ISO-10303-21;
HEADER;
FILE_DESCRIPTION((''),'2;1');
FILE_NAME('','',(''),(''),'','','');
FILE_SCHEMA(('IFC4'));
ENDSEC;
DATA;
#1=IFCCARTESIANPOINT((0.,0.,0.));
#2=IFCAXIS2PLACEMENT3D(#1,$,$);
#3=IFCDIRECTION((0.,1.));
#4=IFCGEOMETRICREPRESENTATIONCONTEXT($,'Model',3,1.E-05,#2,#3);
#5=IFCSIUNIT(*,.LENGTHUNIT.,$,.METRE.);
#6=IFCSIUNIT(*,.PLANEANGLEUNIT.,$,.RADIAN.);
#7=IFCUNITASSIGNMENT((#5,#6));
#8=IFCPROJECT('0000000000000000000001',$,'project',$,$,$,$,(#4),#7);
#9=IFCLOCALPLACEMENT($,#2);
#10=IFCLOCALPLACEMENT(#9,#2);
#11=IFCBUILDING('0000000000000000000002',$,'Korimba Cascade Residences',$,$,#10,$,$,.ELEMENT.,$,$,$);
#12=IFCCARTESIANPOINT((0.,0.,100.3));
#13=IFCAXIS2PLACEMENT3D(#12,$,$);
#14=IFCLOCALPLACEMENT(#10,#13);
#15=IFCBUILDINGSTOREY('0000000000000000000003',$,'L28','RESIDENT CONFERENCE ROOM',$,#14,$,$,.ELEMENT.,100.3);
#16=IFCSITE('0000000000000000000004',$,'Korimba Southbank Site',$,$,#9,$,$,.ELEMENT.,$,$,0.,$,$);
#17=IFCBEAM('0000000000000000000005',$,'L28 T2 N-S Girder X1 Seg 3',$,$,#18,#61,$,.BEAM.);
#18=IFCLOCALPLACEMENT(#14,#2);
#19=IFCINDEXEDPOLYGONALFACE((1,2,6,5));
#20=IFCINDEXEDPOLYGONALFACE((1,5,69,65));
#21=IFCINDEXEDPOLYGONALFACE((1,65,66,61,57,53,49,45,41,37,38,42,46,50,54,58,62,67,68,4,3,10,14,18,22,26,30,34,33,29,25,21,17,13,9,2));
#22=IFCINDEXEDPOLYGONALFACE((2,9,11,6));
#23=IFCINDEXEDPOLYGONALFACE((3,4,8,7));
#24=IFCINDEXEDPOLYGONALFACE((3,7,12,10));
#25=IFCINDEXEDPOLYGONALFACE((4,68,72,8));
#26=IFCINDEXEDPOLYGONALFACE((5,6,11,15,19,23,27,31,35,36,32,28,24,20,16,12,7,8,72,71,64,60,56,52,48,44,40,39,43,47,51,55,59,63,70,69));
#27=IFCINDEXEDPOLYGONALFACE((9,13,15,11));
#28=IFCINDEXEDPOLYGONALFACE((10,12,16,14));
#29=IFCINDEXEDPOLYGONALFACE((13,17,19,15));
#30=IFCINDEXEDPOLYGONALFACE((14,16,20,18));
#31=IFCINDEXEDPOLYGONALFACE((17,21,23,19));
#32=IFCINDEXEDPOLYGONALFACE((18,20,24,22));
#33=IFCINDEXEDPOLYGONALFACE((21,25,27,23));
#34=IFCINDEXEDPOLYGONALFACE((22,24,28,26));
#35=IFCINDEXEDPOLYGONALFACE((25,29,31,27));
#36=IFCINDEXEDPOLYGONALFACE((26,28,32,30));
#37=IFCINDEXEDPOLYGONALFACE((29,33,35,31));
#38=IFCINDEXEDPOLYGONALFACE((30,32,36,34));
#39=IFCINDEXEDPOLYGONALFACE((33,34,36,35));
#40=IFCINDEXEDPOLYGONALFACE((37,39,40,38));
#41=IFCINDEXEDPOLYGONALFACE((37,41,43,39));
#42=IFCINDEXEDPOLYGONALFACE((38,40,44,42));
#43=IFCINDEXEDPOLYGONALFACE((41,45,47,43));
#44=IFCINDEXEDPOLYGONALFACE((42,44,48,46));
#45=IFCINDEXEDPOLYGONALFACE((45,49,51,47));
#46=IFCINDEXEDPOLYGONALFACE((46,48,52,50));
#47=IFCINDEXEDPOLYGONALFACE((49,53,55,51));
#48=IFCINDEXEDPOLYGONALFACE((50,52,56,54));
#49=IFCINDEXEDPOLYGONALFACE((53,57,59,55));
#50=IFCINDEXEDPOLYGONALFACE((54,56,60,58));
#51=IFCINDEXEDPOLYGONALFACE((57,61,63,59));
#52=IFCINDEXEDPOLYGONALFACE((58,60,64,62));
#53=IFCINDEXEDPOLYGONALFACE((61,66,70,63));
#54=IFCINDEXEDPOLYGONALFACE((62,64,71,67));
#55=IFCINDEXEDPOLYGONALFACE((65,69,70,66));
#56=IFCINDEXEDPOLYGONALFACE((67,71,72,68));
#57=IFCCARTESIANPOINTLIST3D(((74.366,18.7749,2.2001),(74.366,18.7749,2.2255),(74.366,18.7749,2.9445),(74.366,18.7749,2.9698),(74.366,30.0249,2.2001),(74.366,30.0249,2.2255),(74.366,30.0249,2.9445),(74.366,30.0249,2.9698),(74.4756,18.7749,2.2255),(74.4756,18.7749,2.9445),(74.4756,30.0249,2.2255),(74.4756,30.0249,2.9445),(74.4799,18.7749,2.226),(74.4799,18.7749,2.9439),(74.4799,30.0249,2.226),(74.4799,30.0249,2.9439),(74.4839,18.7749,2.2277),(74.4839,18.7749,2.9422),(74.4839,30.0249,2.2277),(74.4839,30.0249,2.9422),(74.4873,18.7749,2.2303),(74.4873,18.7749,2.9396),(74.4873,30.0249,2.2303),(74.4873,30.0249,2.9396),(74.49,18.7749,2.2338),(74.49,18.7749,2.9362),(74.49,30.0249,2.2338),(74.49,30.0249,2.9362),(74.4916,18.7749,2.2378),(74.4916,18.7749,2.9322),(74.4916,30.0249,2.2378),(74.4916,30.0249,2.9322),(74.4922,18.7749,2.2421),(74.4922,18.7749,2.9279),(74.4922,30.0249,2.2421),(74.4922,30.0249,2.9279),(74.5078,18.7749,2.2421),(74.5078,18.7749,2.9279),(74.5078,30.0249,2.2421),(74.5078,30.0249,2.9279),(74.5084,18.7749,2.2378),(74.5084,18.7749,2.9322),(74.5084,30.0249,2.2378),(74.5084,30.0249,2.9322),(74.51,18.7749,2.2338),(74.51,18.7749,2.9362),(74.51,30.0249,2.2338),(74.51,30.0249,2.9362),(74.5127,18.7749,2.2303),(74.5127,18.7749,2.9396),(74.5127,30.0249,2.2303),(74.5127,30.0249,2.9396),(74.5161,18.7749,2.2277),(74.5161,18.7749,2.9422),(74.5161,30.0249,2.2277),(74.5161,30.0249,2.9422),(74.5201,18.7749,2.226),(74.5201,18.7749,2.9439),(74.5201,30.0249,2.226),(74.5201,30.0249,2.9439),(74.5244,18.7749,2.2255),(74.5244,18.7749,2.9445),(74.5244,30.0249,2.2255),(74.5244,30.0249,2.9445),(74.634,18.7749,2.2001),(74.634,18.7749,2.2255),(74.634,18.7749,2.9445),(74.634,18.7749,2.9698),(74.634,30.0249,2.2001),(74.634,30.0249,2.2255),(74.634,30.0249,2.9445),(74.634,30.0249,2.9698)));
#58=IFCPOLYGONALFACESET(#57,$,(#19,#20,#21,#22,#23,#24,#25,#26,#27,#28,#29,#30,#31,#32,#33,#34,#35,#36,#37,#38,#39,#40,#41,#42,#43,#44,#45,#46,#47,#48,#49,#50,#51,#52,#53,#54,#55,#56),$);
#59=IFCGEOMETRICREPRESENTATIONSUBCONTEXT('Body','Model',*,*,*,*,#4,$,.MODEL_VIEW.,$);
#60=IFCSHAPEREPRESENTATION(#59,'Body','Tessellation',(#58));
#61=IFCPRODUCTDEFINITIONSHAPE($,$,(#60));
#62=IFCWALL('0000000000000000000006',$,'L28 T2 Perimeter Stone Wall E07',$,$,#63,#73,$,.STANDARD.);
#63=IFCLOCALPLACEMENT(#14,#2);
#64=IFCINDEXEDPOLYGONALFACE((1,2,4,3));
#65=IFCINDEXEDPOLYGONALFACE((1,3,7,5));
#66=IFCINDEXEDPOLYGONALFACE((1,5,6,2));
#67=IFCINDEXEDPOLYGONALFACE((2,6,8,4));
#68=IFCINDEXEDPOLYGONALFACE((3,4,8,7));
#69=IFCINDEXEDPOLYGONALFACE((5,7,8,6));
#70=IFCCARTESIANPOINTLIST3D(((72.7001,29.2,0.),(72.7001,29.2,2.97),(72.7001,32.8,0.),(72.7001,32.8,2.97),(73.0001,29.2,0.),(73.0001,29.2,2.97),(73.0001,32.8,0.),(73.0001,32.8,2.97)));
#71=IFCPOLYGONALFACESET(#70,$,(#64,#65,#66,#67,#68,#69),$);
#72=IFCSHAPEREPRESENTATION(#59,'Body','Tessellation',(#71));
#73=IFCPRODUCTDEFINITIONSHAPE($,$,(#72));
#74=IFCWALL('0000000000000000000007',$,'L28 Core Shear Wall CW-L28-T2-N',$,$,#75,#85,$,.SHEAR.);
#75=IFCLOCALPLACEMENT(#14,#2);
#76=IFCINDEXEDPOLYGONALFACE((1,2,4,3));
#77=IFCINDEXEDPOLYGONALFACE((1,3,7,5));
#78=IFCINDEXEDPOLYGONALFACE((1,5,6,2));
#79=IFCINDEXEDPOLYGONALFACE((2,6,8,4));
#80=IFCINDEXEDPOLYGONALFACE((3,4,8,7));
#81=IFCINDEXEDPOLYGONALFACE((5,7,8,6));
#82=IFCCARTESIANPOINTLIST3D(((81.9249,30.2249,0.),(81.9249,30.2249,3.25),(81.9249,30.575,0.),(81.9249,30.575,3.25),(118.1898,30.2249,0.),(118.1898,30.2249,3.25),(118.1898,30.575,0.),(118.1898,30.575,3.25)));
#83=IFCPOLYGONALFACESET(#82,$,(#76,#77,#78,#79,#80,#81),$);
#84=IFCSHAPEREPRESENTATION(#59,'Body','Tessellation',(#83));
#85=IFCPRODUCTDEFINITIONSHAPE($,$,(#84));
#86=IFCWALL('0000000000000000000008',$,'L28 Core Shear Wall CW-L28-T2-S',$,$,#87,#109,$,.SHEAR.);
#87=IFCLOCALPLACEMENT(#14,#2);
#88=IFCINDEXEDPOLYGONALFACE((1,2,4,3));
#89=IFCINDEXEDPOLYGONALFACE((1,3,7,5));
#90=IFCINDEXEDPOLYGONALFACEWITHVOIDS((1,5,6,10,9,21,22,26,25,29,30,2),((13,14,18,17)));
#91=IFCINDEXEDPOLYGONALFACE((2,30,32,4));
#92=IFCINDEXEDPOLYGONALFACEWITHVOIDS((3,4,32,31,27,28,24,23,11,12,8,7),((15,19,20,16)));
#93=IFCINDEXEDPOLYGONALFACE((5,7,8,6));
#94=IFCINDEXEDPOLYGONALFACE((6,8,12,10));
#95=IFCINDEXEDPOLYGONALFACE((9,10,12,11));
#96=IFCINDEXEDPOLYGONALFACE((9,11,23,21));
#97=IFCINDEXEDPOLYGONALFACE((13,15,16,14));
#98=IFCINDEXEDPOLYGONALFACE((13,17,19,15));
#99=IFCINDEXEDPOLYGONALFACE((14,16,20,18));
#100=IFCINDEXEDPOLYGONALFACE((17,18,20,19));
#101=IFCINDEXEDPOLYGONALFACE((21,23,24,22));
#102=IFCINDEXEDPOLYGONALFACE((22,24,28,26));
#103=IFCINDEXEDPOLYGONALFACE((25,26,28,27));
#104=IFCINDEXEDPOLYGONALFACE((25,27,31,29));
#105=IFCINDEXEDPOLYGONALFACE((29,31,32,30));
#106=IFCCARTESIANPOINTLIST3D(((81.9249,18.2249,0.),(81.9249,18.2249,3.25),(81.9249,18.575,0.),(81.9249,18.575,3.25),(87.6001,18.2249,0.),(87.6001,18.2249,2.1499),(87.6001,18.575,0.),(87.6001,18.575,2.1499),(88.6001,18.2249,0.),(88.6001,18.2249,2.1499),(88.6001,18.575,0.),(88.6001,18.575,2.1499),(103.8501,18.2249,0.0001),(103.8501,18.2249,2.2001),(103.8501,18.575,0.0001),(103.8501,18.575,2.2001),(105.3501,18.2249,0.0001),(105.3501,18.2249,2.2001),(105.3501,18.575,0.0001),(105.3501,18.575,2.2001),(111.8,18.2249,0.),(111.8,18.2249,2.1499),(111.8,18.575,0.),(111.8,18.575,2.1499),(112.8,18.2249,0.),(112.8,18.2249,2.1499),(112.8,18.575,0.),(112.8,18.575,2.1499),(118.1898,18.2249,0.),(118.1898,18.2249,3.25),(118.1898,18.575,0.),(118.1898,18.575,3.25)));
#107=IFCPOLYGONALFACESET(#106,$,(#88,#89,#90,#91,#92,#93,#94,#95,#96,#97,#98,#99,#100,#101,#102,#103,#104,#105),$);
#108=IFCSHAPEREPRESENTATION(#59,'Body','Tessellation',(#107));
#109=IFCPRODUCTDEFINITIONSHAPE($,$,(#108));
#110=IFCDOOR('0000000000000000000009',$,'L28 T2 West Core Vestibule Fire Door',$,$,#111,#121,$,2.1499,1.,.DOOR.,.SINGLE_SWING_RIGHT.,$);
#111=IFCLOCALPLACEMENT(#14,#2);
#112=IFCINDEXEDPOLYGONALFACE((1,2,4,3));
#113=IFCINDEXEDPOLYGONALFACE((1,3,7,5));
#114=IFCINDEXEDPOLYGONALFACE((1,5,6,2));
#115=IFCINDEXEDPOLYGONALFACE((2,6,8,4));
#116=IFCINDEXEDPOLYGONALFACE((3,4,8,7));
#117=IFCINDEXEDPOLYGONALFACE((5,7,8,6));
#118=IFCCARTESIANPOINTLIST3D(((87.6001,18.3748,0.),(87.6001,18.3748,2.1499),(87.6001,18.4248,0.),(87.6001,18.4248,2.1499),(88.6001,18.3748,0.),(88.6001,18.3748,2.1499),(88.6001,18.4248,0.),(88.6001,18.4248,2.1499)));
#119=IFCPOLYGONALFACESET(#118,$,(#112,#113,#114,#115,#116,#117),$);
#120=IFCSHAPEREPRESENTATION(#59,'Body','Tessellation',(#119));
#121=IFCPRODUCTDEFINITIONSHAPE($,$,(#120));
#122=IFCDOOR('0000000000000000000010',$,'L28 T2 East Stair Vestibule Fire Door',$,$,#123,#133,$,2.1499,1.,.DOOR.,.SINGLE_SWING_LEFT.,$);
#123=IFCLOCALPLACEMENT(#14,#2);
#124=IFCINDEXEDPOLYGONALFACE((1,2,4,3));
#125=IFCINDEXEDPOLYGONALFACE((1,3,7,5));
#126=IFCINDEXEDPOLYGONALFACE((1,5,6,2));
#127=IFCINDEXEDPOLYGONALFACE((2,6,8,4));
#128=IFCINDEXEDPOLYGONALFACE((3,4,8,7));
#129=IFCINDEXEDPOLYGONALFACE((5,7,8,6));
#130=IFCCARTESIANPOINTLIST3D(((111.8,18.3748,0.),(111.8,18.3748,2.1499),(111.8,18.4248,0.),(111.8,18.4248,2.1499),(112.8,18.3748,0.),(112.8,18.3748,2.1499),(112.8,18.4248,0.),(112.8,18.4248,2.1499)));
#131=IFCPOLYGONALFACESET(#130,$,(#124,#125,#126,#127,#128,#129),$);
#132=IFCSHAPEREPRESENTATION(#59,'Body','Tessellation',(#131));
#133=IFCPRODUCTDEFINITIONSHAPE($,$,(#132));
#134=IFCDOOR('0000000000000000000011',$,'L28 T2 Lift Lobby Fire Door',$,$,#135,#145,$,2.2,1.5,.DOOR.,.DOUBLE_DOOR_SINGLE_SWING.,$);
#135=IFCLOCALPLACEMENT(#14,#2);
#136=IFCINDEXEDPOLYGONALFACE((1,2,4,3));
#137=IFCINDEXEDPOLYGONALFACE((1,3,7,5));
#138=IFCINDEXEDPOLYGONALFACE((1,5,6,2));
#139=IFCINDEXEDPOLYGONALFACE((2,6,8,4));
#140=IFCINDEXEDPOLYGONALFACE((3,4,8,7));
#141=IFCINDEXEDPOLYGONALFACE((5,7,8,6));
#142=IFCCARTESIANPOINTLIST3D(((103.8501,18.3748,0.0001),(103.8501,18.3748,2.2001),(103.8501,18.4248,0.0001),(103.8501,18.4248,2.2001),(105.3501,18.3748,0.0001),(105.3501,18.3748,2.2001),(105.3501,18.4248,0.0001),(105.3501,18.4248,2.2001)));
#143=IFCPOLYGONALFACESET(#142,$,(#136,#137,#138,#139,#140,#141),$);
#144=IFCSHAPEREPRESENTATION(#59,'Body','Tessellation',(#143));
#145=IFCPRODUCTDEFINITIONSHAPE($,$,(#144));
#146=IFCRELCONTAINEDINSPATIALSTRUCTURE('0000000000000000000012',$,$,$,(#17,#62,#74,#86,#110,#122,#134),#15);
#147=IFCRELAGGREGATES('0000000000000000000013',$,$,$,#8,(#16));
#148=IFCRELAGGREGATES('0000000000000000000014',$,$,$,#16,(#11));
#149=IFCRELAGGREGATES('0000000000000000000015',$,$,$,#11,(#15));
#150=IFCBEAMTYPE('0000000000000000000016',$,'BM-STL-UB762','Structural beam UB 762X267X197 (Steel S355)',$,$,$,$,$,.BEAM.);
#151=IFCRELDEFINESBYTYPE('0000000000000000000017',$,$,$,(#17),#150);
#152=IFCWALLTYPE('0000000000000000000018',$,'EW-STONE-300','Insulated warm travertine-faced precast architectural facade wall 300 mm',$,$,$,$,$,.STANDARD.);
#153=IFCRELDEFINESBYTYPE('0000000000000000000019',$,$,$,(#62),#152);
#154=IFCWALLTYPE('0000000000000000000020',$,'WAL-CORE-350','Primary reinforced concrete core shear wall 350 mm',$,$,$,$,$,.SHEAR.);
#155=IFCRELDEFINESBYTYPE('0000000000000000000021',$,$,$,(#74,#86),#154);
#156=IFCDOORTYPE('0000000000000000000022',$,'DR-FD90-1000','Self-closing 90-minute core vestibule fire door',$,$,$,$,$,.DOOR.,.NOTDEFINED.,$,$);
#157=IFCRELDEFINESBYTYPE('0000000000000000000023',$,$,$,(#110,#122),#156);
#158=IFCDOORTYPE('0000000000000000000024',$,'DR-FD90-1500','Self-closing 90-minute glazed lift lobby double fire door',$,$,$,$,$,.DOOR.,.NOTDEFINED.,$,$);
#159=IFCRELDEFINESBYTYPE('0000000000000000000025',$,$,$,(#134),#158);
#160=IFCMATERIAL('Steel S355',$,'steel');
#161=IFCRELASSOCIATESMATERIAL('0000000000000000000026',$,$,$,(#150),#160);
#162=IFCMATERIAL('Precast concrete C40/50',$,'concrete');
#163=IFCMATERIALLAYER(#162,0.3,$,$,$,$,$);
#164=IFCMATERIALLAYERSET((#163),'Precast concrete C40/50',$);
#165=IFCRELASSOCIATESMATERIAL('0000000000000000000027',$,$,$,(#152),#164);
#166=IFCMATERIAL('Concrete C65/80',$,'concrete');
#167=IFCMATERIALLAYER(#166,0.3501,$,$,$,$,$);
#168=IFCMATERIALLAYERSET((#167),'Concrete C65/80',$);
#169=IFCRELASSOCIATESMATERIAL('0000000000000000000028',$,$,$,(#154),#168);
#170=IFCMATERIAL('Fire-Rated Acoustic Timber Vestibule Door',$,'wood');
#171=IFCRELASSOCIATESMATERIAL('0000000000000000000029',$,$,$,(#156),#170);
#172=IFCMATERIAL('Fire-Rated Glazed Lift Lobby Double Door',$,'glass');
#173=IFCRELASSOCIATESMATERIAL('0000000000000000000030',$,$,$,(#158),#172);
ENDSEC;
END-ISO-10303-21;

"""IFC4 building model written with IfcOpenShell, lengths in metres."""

from ifc_helpers import new_model, si_unit, direction, frame, frame_2d, origin, origin_2d, place, context, subcontext, project, spatial, rectangle, i_section, extrude, material, layer, layer_set, material_profile, profile_set, type_object, element, fill, save


model = new_model("IFC4")

# Units and contexts
model_context = context("Model", 3, precision=1e-05, world=origin(), true_north=direction((0.0, 1.0)))
body_context = subcontext(model_context, "Body", "Model", "MODEL_VIEW")
ifc_project = project(units=[si_unit("LENGTHUNIT", "METRE"), si_unit("PLANEANGLEUNIT", "RADIAN")], contexts=[model_context])

# Site, building, storey
site_placement = place(None, origin())
site = spatial("IfcSite", under=ifc_project, at=site_placement, Name="Korimba Southbank Site", CompositionType="ELEMENT", RefElevation=0.0)
building_placement = place(site_placement, origin())
building = spatial("IfcBuilding", under=site, at=building_placement, Name="Korimba Cascade Residences", CompositionType="ELEMENT")
storey_placement = place(building_placement, frame((0.0, 0.0, 100.3)))
storey = spatial("IfcBuildingStorey", under=building, at=storey_placement, Name="L28", Description="RESIDENT CONFERENCE ROOM", CompositionType="ELEMENT", Elevation=100.3)

# Shared definitions
ifc_material_1 = material(Name="Concrete C65/80", Category="concrete")

# Beam
ifc_material_2 = material(Name="Steel S355", Category="steel")
ifc_material_profile_1 = material_profile(ifc_material_2, i_section(OverallWidth=0.2681, OverallDepth=0.7698, WebThickness=0.0156, FlangeThickness=0.0254, FilletRadius=0.0166, at=origin_2d()), Name="Steel S355")
ifc_profile_set_1 = profile_set([ifc_material_profile_1], Name="Steel S355")
beam_type_1 = type_object("IfcBeamType", Name="BM-STL-UB762", Description="Structural beam UB 762X267X197 (Steel S355)", PredefinedType="BEAM", material=ifc_profile_set_1)
beam_1_placement = place(storey_placement, frame((74.5, 18.7749, 2.585), z_axis=(0.0, 1.0, 0.0), x_axis=(-1.0, 0.0, 0.0)))
element("IfcBeam", 1, at=beam_1_placement, inside=storey, type_object=beam_type_1, Name="L28 T2 N-S Girder X1 Seg 3", PredefinedType="BEAM", context=body_context, shape_type="SweptSolid", body=[
    extrude(i_section(OverallWidth=0.2681, OverallDepth=0.7698, WebThickness=0.0156, FlangeThickness=0.0254, FilletRadius=0.0166, at=origin_2d()), origin(), (0.0, 0.0, 1.0), 11.25),
])

# Walls
ifc_material_3 = material(Name="Precast concrete C40/50", Category="concrete")
ifc_layer_1 = layer(ifc_material_3, 0.3)
ifc_layer_set_1 = layer_set([ifc_layer_1], Name="Precast concrete C40/50")
wall_type_1 = type_object("IfcWallType", Name="EW-STONE-300", Description="Insulated warm travertine-faced precast architectural facade wall 300 mm", PredefinedType="STANDARD", material=ifc_layer_set_1)
wall_1_placement = place(storey_placement, frame((72.8501, 32.8, 0.0), z_axis=(0.0, 0.0, 1.0), x_axis=(0.0, -1.0, 0.0)))
element("IfcWall", 2, at=wall_1_placement, inside=storey, type_object=wall_type_1, Name="L28 T2 Perimeter Stone Wall E07", PredefinedType="STANDARD", context=body_context, shape_type="SweptSolid", body=[
    extrude(rectangle(XDim=3.6001, YDim=0.3, at=frame_2d((1.8, 0.0))), origin(), (0.0, 0.0, 1.0), 2.97),
])
ifc_layer_2 = layer(ifc_material_1, 0.3501)
ifc_layer_set_2 = layer_set([ifc_layer_2], Name="Concrete C65/80")
wall_type_2 = type_object("IfcWallType", Name="WAL-CORE-350", Description="Primary reinforced concrete core shear wall 350 mm", PredefinedType="SHEAR", material=ifc_layer_set_2)
wall_2_placement = place(storey_placement, frame((81.925, 30.3999, 0.0), z_axis=(0.0, 0.0, 1.0), x_axis=(1.0, 0.0, 0.0)))
element("IfcWall", 3, at=wall_2_placement, inside=storey, type_object=wall_type_2, Name="L28 Core Shear Wall CW-L28-T2-N", PredefinedType="SHEAR", context=body_context, shape_type="SweptSolid", body=[
    extrude(rectangle(XDim=36.2649, YDim=0.3501, at=frame_2d((18.1323, 0.0))), origin(), (0.0, 0.0, 1.0), 3.25),
])

# Wall, openings, doors
wall_3_placement = place(storey_placement, frame((81.925, 18.3999, 0.0), z_axis=(0.0, 0.0, 1.0), x_axis=(1.0, 0.0, 0.0)))
wall_3 = element("IfcWall", 4, at=wall_3_placement, inside=storey, type_object=wall_type_2, Name="L28 Core Shear Wall CW-L28-T2-S", PredefinedType="SHEAR", context=body_context, shape_type="SweptSolid", body=[
    extrude(rectangle(XDim=36.2649, YDim=0.3501, at=frame_2d((18.1323, 0.0))), origin(), (0.0, 0.0, 1.0), 3.25),
])
opening_1_placement = place(wall_3_placement, frame((5.675, 0.0, 0.0)))
opening_1 = element("IfcOpeningElement", 5, at=opening_1_placement, cuts=wall_3, PredefinedType="OPENING", context=body_context, shape_type="SweptSolid", body=[
    extrude(rectangle(XDim=1.0, YDim=2.1499, at=frame_2d((0.5, 1.075))), frame((0.0, 0.1851, 0.0), z_axis=(0.0, -1.0, 0.0), x_axis=(1.0, 0.0, 0.0)), (0.0, 0.0, 1.0), 0.3701),
])
opening_2_placement = place(wall_3_placement, frame((21.925, 0.0, 0.0)))
opening_2 = element("IfcOpeningElement", 6, at=opening_2_placement, cuts=wall_3, PredefinedType="OPENING", context=body_context, shape_type="SweptSolid", body=[
    extrude(rectangle(XDim=1.5, YDim=2.2, at=frame_2d((0.75, 1.1001))), frame((0.0, 0.1851, 0.0), z_axis=(0.0, -1.0, 0.0), x_axis=(1.0, 0.0, 0.0)), (0.0, 0.0, 1.0), 0.3701),
])
opening_3_placement = place(wall_3_placement, frame((29.875, 0.0, 0.0)))
opening_3 = element("IfcOpeningElement", 7, at=opening_3_placement, cuts=wall_3, PredefinedType="OPENING", context=body_context, shape_type="SweptSolid", body=[
    extrude(rectangle(XDim=1.0, YDim=2.1499, at=frame_2d((0.5, 1.075))), frame((0.0, 0.1851, 0.0), z_axis=(0.0, -1.0, 0.0), x_axis=(1.0, 0.0, 0.0)), (0.0, 0.0, 1.0), 0.3701),
])
ifc_material_4 = material(Name="Fire-Rated Acoustic Timber Vestibule Door", Category="wood")
door_type_1 = type_object("IfcDoorType", Name="DR-FD90-1000", Description="Self-closing 90-minute core vestibule fire door", OperationType="NOTDEFINED", PredefinedType="DOOR", material=ifc_material_4)
door_1_placement = place(opening_1_placement, origin())
door_1 = element("IfcDoor", 8, at=door_1_placement, inside=storey, type_object=door_type_1, Name="L28 T2 West Core Vestibule Fire Door", OperationType="SINGLE_SWING_RIGHT", OverallHeight=2.1499, OverallWidth=1.0, PredefinedType="DOOR", context=body_context, shape_type="SweptSolid", body=[
    extrude(rectangle(XDim=1.0, YDim=2.1499, at=frame_2d((0.5, 1.075))), frame((0.0, 0.0249, 0.0), z_axis=(0.0, -1.0, 0.0), x_axis=(1.0, 0.0, 0.0)), (0.0, 0.0, 1.0), 0.05),
])
fill(opening_1, door_1)
door_2_placement = place(opening_3_placement, origin())
door_2 = element("IfcDoor", 9, at=door_2_placement, inside=storey, type_object=door_type_1, Name="L28 T2 East Stair Vestibule Fire Door", OperationType="SINGLE_SWING_LEFT", OverallHeight=2.1499, OverallWidth=1.0, PredefinedType="DOOR", context=body_context, shape_type="SweptSolid", body=[
    extrude(rectangle(XDim=1.0, YDim=2.1499, at=frame_2d((0.5, 1.075))), frame((0.0, 0.0249, 0.0), z_axis=(0.0, -1.0, 0.0), x_axis=(1.0, 0.0, 0.0)), (0.0, 0.0, 1.0), 0.05),
])
fill(opening_3, door_2)
ifc_material_5 = material(Name="Fire-Rated Glazed Lift Lobby Double Door", Category="glass")
door_type_2 = type_object("IfcDoorType", Name="DR-FD90-1500", Description="Self-closing 90-minute glazed lift lobby double fire door", OperationType="NOTDEFINED", PredefinedType="DOOR", material=ifc_material_5)
door_3_placement = place(opening_2_placement, origin())
door_3 = element("IfcDoor", 10, at=door_3_placement, inside=storey, type_object=door_type_2, Name="L28 T2 Lift Lobby Fire Door", OperationType="DOUBLE_DOOR_SINGLE_SWING", OverallHeight=2.2, OverallWidth=1.5, PredefinedType="DOOR", context=body_context, shape_type="SweptSolid", body=[
    extrude(rectangle(XDim=1.5, YDim=2.2, at=frame_2d((0.75, 1.1001))), frame((0.0, 0.0249, 0.0), z_axis=(0.0, -1.0, 0.0), x_axis=(1.0, 0.0, 0.0)), (0.0, 0.0, 1.0), 0.05),
])
fill(opening_2, door_3)

save(model, "model.ifc")
